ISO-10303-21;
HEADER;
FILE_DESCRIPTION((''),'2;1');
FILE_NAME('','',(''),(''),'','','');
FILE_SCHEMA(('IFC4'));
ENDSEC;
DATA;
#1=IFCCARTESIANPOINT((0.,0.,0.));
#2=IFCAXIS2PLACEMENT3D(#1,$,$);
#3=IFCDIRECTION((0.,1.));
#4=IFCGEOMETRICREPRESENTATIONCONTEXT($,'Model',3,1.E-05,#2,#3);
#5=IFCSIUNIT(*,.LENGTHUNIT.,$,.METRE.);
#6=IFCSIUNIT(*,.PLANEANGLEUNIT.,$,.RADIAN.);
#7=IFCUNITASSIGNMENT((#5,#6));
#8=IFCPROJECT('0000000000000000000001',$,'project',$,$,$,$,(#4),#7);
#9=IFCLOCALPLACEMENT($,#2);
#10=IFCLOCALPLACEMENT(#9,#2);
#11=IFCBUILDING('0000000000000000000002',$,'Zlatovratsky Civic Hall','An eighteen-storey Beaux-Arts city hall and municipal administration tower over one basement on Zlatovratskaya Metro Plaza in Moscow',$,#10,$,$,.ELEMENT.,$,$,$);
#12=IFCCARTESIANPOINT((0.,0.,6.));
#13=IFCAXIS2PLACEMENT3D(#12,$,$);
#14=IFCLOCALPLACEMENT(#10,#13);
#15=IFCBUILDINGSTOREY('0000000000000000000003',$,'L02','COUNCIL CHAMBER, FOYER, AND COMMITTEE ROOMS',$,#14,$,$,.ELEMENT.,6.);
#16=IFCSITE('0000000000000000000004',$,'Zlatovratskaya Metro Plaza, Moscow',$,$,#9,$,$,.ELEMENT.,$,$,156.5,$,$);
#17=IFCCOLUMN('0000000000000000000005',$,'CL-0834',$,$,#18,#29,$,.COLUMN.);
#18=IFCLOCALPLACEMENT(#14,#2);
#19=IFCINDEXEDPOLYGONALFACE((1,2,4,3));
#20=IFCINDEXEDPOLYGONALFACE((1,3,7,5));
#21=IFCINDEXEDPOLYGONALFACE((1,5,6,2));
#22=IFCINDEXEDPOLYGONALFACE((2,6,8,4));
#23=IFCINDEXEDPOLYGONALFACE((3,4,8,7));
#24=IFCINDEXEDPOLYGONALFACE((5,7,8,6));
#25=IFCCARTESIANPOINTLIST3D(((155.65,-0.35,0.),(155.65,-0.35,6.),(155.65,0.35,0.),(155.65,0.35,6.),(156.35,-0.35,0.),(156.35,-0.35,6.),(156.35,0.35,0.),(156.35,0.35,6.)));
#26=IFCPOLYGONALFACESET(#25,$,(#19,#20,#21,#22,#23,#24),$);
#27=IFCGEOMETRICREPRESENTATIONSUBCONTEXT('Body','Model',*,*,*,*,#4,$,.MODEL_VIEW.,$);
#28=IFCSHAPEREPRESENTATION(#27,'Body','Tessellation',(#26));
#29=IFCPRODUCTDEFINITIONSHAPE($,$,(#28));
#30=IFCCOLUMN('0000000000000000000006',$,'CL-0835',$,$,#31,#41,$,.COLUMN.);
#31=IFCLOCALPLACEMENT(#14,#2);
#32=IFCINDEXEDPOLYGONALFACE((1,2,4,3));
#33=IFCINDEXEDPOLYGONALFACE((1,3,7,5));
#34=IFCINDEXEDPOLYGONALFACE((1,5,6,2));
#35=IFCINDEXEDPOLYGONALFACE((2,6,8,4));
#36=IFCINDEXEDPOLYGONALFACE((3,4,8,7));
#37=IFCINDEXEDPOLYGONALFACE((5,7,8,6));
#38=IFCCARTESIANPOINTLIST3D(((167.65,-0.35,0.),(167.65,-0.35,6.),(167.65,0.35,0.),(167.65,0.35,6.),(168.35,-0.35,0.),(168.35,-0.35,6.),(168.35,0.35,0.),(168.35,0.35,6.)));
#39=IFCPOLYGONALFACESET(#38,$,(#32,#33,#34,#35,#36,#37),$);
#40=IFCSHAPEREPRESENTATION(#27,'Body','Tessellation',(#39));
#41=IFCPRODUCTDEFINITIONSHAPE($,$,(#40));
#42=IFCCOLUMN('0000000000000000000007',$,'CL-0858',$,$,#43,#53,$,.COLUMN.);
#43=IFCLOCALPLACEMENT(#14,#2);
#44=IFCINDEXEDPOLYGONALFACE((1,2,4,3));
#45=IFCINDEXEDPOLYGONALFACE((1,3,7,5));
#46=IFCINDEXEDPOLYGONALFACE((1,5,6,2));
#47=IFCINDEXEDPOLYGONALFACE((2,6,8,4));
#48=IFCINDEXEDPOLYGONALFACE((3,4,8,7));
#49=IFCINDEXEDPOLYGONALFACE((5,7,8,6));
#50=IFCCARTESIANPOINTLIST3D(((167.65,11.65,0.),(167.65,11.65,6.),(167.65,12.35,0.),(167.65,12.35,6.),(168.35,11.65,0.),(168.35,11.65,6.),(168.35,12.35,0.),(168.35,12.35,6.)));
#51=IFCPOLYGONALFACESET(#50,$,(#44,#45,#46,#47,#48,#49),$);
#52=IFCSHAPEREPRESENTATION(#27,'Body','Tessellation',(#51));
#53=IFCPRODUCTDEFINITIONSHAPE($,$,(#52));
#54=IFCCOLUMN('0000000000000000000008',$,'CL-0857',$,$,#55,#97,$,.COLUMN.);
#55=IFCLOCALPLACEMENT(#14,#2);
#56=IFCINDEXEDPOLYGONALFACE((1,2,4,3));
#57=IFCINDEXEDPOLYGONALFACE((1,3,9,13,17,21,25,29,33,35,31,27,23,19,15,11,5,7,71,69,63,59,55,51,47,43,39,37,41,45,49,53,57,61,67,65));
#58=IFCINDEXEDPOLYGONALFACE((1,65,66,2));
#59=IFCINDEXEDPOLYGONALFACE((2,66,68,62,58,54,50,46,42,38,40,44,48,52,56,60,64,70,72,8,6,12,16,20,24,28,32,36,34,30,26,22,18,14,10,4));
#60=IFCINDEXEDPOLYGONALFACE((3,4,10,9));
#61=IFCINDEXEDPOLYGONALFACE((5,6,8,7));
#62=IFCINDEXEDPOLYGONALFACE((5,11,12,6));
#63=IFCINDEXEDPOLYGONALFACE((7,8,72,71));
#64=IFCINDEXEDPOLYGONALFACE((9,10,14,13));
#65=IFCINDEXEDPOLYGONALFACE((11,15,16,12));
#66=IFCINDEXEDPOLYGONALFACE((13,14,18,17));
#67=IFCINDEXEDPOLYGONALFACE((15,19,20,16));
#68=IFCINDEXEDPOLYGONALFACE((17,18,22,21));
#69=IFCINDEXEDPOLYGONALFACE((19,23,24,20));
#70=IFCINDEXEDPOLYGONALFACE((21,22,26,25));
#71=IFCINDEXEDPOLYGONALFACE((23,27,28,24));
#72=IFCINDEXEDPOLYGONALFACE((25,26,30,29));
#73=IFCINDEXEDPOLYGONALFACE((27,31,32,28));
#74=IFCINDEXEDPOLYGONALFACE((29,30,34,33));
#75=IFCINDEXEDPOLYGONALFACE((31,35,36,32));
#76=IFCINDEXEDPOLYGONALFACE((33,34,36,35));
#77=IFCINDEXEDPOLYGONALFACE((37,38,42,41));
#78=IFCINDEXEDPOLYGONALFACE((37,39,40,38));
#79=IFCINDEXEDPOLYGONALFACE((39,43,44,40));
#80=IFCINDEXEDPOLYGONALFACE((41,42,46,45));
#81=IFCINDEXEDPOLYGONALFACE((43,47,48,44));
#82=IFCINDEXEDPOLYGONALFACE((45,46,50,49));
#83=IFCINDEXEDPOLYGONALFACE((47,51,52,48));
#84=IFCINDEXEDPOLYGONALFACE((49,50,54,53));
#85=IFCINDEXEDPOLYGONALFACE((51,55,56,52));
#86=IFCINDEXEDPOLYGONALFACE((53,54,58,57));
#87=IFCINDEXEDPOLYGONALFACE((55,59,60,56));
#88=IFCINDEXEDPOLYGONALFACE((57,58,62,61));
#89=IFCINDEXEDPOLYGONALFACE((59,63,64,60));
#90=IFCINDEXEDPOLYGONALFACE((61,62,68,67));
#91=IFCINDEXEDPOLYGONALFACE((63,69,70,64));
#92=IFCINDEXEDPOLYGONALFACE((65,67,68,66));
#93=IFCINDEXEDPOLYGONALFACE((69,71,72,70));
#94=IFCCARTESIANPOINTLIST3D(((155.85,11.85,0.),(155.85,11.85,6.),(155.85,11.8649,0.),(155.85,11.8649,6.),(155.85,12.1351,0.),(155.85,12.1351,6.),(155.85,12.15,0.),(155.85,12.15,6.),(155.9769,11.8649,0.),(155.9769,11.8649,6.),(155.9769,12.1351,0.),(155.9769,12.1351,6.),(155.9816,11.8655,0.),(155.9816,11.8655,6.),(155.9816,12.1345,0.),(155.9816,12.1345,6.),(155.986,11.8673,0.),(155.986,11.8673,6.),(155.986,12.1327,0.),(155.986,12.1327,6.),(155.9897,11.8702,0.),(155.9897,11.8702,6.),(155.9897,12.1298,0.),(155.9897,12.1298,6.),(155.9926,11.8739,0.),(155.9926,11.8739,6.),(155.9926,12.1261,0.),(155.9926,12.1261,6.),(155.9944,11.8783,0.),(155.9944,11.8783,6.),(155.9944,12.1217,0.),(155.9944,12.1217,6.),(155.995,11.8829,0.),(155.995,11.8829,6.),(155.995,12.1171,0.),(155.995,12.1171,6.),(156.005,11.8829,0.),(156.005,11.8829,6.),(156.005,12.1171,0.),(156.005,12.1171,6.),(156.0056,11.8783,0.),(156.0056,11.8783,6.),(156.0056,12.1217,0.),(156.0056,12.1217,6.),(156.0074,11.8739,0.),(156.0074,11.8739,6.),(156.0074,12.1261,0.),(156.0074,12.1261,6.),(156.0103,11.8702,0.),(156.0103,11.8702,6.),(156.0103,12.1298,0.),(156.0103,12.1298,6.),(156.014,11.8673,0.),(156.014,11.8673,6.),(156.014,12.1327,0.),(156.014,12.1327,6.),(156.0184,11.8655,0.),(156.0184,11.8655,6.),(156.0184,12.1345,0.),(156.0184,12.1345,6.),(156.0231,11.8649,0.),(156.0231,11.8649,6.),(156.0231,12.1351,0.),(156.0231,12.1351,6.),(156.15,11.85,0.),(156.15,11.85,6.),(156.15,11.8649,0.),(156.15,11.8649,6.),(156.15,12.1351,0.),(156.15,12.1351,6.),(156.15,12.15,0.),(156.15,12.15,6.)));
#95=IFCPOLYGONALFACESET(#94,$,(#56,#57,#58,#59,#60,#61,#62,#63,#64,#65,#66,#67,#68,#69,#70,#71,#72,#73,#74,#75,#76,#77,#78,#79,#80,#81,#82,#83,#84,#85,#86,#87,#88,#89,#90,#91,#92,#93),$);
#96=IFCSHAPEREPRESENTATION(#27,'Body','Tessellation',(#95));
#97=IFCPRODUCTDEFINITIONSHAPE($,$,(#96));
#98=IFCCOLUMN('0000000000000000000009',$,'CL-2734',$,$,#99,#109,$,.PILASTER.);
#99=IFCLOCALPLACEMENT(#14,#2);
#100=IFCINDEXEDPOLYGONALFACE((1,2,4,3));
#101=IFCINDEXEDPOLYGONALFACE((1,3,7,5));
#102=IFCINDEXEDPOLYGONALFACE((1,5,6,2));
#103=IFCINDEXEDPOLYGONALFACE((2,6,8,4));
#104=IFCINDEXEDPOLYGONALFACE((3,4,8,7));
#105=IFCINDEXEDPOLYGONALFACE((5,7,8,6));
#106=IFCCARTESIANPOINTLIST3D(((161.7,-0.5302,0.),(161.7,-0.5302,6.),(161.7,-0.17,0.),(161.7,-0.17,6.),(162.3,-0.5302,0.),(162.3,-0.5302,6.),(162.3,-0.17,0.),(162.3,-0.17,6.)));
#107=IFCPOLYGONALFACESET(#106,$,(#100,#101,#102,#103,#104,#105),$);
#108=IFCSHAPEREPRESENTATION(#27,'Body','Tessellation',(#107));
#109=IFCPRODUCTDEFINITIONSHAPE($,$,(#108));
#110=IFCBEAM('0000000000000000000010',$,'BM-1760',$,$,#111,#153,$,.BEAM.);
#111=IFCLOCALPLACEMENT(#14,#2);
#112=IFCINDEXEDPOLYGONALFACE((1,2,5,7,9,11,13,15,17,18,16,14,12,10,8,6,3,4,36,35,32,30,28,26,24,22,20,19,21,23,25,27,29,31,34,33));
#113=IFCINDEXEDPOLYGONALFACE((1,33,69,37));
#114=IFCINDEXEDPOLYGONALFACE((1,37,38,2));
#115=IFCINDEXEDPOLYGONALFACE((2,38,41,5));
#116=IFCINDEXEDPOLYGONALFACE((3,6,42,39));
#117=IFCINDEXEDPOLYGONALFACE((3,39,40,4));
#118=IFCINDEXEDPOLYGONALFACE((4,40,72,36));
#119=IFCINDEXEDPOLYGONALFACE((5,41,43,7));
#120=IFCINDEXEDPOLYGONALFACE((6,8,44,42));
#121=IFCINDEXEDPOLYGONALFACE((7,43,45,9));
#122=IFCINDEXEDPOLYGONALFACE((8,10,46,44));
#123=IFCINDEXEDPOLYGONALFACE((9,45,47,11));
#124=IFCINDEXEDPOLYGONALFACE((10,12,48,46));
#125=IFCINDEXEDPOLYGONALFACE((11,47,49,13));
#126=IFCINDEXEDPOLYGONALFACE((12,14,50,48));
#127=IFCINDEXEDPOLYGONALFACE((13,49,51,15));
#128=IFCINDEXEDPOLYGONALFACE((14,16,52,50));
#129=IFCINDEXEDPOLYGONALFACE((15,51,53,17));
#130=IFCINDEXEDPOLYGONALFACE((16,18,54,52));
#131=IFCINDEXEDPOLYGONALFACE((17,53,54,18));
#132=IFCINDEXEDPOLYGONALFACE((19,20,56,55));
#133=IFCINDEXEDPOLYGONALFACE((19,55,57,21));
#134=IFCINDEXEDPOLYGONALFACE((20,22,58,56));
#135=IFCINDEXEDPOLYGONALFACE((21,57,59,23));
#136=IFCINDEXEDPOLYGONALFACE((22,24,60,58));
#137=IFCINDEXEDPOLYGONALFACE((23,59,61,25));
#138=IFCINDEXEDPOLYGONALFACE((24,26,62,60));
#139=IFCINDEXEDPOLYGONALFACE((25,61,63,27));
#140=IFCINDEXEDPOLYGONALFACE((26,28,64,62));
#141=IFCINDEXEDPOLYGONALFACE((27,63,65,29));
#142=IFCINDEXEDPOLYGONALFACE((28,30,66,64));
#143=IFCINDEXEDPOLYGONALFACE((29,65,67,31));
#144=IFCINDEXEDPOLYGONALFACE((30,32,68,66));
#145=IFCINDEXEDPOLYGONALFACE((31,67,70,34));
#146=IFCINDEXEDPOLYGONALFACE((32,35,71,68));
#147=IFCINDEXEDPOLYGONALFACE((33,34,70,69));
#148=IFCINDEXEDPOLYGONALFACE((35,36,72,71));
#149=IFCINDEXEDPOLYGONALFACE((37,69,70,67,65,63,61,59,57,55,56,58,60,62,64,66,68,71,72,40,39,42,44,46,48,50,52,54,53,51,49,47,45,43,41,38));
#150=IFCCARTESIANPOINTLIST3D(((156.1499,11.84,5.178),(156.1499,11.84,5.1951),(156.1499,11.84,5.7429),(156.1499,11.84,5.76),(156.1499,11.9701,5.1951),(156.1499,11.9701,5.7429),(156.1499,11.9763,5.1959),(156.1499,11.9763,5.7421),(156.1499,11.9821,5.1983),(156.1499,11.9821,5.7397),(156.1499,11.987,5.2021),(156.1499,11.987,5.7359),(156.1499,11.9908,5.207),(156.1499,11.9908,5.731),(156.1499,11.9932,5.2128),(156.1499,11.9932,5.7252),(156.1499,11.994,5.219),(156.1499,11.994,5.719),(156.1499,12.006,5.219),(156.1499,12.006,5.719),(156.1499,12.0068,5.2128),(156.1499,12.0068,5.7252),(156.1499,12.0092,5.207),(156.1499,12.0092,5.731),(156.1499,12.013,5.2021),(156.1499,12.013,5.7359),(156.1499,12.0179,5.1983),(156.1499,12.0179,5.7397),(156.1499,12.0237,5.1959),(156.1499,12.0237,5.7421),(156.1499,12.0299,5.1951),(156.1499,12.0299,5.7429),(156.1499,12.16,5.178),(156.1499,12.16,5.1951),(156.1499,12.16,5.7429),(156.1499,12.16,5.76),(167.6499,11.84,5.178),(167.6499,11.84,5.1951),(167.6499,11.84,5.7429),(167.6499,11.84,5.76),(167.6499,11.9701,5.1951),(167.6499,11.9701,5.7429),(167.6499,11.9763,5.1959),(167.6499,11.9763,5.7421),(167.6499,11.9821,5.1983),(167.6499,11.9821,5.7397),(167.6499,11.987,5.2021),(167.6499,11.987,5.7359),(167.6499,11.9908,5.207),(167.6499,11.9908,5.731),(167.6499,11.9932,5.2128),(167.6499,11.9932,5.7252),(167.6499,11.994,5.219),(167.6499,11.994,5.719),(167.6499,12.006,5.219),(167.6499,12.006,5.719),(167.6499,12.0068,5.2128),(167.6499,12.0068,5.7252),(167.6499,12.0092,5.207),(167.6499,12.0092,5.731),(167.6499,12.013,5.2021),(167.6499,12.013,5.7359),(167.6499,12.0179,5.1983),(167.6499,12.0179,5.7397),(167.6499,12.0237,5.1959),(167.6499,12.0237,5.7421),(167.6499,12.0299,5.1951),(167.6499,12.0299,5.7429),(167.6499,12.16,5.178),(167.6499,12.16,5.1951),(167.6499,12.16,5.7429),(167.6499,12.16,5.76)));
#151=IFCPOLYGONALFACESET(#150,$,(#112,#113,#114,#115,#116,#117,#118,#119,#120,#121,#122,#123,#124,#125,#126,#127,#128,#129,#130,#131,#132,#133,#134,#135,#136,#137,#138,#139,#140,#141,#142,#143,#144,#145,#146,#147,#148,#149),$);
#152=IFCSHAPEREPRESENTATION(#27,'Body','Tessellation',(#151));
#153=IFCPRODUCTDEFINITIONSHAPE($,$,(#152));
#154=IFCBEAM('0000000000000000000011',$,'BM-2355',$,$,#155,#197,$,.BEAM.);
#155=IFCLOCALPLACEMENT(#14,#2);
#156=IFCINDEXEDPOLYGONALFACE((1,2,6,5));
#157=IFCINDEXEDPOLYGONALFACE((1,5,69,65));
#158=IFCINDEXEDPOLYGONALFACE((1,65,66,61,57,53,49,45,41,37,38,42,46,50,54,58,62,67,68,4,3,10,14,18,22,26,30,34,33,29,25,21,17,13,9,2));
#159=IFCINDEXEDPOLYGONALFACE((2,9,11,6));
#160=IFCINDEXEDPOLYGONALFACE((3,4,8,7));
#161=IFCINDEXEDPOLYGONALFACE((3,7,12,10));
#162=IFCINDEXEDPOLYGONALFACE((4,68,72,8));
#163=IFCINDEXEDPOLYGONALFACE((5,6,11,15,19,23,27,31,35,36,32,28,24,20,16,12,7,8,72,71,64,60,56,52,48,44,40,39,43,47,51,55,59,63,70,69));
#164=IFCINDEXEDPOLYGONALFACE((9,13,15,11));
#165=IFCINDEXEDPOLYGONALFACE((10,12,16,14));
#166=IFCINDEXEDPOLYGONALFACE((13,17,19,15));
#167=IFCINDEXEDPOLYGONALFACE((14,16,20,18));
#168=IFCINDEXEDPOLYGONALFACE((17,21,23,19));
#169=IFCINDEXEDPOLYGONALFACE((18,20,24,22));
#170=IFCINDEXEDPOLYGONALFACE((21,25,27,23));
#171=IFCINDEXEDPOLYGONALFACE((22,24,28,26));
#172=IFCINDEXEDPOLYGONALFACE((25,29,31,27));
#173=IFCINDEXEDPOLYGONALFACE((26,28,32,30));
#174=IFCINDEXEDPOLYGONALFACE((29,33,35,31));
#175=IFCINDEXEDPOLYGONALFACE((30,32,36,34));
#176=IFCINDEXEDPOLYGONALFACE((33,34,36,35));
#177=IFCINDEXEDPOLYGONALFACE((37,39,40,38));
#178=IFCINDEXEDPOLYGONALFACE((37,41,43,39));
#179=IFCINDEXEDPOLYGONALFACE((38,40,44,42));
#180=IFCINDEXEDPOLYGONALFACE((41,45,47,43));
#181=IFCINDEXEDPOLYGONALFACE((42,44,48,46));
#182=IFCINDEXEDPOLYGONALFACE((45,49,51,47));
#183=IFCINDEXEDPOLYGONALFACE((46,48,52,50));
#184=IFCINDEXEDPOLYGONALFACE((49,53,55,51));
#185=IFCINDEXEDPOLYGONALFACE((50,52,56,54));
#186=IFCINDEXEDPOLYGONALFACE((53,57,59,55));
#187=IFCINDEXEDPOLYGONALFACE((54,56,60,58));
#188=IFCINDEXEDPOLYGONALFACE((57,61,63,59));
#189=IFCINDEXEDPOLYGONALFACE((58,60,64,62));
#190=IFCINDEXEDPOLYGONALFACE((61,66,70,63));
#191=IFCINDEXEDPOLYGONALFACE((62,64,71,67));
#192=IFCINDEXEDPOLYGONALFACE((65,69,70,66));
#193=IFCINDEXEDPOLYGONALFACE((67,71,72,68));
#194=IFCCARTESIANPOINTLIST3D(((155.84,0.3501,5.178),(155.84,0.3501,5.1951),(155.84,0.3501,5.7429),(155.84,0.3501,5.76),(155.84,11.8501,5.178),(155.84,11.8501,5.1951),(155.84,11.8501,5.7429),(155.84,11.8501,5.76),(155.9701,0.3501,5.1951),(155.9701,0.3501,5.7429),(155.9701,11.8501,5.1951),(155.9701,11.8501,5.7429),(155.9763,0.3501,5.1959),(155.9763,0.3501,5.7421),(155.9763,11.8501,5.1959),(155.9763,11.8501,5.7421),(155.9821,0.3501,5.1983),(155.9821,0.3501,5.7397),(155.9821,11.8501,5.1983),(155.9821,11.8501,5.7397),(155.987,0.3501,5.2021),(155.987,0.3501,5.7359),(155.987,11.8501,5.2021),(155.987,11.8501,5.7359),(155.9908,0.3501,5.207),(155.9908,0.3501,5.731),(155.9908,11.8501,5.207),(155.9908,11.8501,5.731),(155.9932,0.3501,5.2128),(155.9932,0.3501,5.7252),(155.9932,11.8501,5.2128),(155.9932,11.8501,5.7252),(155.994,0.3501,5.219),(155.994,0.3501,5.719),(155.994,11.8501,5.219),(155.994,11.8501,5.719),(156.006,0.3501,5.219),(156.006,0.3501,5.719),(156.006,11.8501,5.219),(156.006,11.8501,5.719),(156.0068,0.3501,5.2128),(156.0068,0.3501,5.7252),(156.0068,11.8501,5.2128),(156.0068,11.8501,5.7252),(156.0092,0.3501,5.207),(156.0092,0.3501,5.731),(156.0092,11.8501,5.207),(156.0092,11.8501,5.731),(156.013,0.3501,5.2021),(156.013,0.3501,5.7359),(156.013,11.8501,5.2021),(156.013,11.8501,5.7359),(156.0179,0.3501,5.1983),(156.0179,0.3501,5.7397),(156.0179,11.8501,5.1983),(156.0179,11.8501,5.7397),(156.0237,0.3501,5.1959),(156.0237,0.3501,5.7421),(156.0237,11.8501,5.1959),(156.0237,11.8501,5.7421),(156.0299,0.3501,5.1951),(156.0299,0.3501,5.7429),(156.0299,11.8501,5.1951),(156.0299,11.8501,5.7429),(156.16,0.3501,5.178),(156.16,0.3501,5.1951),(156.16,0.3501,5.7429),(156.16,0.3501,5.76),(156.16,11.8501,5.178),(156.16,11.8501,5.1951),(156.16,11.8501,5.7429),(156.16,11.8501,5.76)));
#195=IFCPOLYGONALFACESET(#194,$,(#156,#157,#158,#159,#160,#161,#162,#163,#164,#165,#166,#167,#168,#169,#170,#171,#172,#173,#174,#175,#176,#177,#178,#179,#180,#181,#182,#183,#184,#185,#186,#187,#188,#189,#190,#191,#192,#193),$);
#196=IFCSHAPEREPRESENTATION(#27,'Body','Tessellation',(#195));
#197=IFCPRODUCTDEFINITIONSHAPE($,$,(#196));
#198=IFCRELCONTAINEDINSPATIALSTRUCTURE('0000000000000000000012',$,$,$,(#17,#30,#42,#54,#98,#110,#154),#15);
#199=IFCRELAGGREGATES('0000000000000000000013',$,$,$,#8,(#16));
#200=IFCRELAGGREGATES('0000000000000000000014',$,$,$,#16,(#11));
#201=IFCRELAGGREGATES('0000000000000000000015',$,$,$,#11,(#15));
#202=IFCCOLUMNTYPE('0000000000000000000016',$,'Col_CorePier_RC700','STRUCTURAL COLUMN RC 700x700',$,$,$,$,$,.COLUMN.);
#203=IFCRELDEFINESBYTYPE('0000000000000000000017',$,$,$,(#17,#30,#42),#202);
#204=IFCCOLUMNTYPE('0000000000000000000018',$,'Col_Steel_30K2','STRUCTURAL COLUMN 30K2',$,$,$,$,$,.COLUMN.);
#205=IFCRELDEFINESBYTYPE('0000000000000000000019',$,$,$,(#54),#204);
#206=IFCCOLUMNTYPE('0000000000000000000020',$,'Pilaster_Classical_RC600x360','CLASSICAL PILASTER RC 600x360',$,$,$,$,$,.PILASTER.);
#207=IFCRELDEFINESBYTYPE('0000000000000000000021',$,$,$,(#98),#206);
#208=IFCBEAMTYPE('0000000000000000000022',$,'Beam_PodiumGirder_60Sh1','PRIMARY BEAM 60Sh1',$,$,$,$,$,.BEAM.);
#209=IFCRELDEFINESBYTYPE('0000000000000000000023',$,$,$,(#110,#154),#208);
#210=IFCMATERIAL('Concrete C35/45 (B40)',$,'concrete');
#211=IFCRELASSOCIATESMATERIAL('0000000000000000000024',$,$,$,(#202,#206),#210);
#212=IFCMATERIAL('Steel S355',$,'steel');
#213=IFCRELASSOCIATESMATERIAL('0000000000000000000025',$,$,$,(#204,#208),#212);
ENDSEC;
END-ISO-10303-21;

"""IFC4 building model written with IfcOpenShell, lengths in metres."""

from ifc_helpers import new_model, si_unit, direction, frame, origin, origin_2d, place, context, subcontext, project, spatial, rectangle, i_section, extrude, material, material_profile, profile_set, type_object, element, save


model = new_model("IFC4")

# Units and contexts
model_context = context("Model", 3, precision=1e-05, world=origin(), true_north=direction((0.0, 1.0)))
body_context = subcontext(model_context, "Body", "Model", "MODEL_VIEW")
ifc_project = project(units=[si_unit("LENGTHUNIT", "METRE"), si_unit("PLANEANGLEUNIT", "RADIAN")], contexts=[model_context])

# Site, building, storey
site_placement = place(None, origin())
site = spatial("IfcSite", under=ifc_project, at=site_placement, Name="Zlatovratskaya Metro Plaza, Moscow", CompositionType="ELEMENT", RefElevation=156.5)
building_placement = place(site_placement, origin())
building = spatial("IfcBuilding", under=site, at=building_placement, Name="Zlatovratsky Civic Hall", Description="An eighteen-storey Beaux-Arts city hall and municipal administration tower over one basement on Zlatovratskaya Metro Plaza in Moscow", CompositionType="ELEMENT")
storey_placement = place(building_placement, frame((0.0, 0.0, 6.0)))
storey = spatial("IfcBuildingStorey", under=building, at=storey_placement, Name="L02", Description="COUNCIL CHAMBER, FOYER, AND COMMITTEE ROOMS", CompositionType="ELEMENT", Elevation=6.0)

# Columns
ifc_material_1 = material(Name="Concrete C35/45 (B40)", Category="concrete")
ifc_material_profile_1 = material_profile(ifc_material_1, rectangle(XDim=0.7, YDim=0.7, at=origin_2d()), Name="RC 700x700")
ifc_profile_set_1 = profile_set([ifc_material_profile_1], Name="Concrete C35/45 (B40)")
column_type_1 = type_object("IfcColumnType", Name="Col_CorePier_RC700", Description="STRUCTURAL COLUMN RC 700x700", PredefinedType="COLUMN", material=ifc_profile_set_1)
for number, where, z_axis, x_axis, name in (
    (1, (156.0, 0.0, 0.0), (0.0, 0.0, 1.0), (1.0, 0.0, 0.0), "CL-0834"),
    (2, (168.0, 0.0, 0.0), (0.0, 0.0, 1.0), (1.0, 0.0, 0.0), "CL-0835"),
    (3, (168.0, 12.0, 0.0), (0.0, 0.0, 1.0), (1.0, 0.0, 0.0), "CL-0858"),
):
    element("IfcColumn", number, at=place(storey_placement, frame(where, z_axis=z_axis, x_axis=x_axis)), inside=storey, type_object=column_type_1, Name=name, PredefinedType="COLUMN", context=body_context, shape_type="SweptSolid", body=[
        extrude(rectangle(XDim=0.7, YDim=0.7, at=origin_2d()), origin(), (0.0, 0.0, 1.0), 6.0),
    ])
ifc_material_2 = material(Name="Steel S355", Category="steel")
ifc_material_profile_2 = material_profile(ifc_material_2, i_section(OverallWidth=0.3, OverallDepth=0.3, WebThickness=0.01, FlangeThickness=0.0149, FilletRadius=0.0181, at=origin_2d()), Name="30K2")
ifc_profile_set_2 = profile_set([ifc_material_profile_2], Name="Steel S355")
column_type_2 = type_object("IfcColumnType", Name="Col_Steel_30K2", Description="STRUCTURAL COLUMN 30K2", PredefinedType="COLUMN", material=ifc_profile_set_2)
column_1_placement = place(storey_placement, frame((156.0, 12.0, 0.0), z_axis=(0.0, 0.0, 1.0), x_axis=(1.0, 0.0, 0.0)))
element("IfcColumn", 4, at=column_1_placement, inside=storey, type_object=column_type_2, Name="CL-0857", PredefinedType="COLUMN", context=body_context, shape_type="SweptSolid", body=[
    extrude(i_section(OverallWidth=0.3, OverallDepth=0.3, WebThickness=0.01, FlangeThickness=0.0149, FilletRadius=0.0181, at=origin_2d()), origin(), (0.0, 0.0, 1.0), 6.0),
])
ifc_material_profile_3 = material_profile(ifc_material_1, rectangle(XDim=0.6001, YDim=0.3601, at=origin_2d()), Name="RC 600x360")
ifc_profile_set_3 = profile_set([ifc_material_profile_3], Name="Concrete C35/45 (B40)")
column_type_3 = type_object("IfcColumnType", Name="Pilaster_Classical_RC600x360", Description="CLASSICAL PILASTER RC 600x360", PredefinedType="PILASTER", material=ifc_profile_set_3)
column_2_placement = place(storey_placement, frame((162.0, -0.3501, 0.0), z_axis=(0.0, 0.0, 1.0), x_axis=(1.0, 0.0, 0.0)))
element("IfcColumn", 5, at=column_2_placement, inside=storey, type_object=column_type_3, Name="CL-2734", PredefinedType="PILASTER", context=body_context, shape_type="SweptSolid", body=[
    extrude(rectangle(XDim=0.6001, YDim=0.3601, at=origin_2d()), origin(), (0.0, 0.0, 1.0), 6.0),
])

# Beams
ifc_material_profile_4 = material_profile(ifc_material_2, i_section(OverallWidth=0.3201, OverallDepth=0.582, WebThickness=0.012, FlangeThickness=0.0171, FilletRadius=0.0239, at=origin_2d()), Name="60Sh1")
ifc_profile_set_4 = profile_set([ifc_material_profile_4], Name="Steel S355")
beam_type_1 = type_object("IfcBeamType", Name="Beam_PodiumGirder_60Sh1", Description="PRIMARY BEAM 60Sh1", PredefinedType="BEAM", material=ifc_profile_set_4)
for number, where, z_axis, x_axis, name in (
    (6, (156.1499, 12.0, 5.469), (1.0, 0.0, 0.0), (0.0, 1.0, 0.0), "BM-1760"),
    (7, (156.0, 0.3501, 5.469), (0.0, 1.0, 0.0), (-1.0, 0.0, 0.0), "BM-2355"),
):
    element("IfcBeam", number, at=place(storey_placement, frame(where, z_axis=z_axis, x_axis=x_axis)), inside=storey, type_object=beam_type_1, Name=name, PredefinedType="BEAM", context=body_context, shape_type="SweptSolid", body=[
        extrude(i_section(OverallWidth=0.3201, OverallDepth=0.582, WebThickness=0.012, FlangeThickness=0.0171, FilletRadius=0.0239, at=origin_2d()), origin(), (0.0, 0.0, 1.0), 11.5),
    ])

save(model, "model.ifc")
